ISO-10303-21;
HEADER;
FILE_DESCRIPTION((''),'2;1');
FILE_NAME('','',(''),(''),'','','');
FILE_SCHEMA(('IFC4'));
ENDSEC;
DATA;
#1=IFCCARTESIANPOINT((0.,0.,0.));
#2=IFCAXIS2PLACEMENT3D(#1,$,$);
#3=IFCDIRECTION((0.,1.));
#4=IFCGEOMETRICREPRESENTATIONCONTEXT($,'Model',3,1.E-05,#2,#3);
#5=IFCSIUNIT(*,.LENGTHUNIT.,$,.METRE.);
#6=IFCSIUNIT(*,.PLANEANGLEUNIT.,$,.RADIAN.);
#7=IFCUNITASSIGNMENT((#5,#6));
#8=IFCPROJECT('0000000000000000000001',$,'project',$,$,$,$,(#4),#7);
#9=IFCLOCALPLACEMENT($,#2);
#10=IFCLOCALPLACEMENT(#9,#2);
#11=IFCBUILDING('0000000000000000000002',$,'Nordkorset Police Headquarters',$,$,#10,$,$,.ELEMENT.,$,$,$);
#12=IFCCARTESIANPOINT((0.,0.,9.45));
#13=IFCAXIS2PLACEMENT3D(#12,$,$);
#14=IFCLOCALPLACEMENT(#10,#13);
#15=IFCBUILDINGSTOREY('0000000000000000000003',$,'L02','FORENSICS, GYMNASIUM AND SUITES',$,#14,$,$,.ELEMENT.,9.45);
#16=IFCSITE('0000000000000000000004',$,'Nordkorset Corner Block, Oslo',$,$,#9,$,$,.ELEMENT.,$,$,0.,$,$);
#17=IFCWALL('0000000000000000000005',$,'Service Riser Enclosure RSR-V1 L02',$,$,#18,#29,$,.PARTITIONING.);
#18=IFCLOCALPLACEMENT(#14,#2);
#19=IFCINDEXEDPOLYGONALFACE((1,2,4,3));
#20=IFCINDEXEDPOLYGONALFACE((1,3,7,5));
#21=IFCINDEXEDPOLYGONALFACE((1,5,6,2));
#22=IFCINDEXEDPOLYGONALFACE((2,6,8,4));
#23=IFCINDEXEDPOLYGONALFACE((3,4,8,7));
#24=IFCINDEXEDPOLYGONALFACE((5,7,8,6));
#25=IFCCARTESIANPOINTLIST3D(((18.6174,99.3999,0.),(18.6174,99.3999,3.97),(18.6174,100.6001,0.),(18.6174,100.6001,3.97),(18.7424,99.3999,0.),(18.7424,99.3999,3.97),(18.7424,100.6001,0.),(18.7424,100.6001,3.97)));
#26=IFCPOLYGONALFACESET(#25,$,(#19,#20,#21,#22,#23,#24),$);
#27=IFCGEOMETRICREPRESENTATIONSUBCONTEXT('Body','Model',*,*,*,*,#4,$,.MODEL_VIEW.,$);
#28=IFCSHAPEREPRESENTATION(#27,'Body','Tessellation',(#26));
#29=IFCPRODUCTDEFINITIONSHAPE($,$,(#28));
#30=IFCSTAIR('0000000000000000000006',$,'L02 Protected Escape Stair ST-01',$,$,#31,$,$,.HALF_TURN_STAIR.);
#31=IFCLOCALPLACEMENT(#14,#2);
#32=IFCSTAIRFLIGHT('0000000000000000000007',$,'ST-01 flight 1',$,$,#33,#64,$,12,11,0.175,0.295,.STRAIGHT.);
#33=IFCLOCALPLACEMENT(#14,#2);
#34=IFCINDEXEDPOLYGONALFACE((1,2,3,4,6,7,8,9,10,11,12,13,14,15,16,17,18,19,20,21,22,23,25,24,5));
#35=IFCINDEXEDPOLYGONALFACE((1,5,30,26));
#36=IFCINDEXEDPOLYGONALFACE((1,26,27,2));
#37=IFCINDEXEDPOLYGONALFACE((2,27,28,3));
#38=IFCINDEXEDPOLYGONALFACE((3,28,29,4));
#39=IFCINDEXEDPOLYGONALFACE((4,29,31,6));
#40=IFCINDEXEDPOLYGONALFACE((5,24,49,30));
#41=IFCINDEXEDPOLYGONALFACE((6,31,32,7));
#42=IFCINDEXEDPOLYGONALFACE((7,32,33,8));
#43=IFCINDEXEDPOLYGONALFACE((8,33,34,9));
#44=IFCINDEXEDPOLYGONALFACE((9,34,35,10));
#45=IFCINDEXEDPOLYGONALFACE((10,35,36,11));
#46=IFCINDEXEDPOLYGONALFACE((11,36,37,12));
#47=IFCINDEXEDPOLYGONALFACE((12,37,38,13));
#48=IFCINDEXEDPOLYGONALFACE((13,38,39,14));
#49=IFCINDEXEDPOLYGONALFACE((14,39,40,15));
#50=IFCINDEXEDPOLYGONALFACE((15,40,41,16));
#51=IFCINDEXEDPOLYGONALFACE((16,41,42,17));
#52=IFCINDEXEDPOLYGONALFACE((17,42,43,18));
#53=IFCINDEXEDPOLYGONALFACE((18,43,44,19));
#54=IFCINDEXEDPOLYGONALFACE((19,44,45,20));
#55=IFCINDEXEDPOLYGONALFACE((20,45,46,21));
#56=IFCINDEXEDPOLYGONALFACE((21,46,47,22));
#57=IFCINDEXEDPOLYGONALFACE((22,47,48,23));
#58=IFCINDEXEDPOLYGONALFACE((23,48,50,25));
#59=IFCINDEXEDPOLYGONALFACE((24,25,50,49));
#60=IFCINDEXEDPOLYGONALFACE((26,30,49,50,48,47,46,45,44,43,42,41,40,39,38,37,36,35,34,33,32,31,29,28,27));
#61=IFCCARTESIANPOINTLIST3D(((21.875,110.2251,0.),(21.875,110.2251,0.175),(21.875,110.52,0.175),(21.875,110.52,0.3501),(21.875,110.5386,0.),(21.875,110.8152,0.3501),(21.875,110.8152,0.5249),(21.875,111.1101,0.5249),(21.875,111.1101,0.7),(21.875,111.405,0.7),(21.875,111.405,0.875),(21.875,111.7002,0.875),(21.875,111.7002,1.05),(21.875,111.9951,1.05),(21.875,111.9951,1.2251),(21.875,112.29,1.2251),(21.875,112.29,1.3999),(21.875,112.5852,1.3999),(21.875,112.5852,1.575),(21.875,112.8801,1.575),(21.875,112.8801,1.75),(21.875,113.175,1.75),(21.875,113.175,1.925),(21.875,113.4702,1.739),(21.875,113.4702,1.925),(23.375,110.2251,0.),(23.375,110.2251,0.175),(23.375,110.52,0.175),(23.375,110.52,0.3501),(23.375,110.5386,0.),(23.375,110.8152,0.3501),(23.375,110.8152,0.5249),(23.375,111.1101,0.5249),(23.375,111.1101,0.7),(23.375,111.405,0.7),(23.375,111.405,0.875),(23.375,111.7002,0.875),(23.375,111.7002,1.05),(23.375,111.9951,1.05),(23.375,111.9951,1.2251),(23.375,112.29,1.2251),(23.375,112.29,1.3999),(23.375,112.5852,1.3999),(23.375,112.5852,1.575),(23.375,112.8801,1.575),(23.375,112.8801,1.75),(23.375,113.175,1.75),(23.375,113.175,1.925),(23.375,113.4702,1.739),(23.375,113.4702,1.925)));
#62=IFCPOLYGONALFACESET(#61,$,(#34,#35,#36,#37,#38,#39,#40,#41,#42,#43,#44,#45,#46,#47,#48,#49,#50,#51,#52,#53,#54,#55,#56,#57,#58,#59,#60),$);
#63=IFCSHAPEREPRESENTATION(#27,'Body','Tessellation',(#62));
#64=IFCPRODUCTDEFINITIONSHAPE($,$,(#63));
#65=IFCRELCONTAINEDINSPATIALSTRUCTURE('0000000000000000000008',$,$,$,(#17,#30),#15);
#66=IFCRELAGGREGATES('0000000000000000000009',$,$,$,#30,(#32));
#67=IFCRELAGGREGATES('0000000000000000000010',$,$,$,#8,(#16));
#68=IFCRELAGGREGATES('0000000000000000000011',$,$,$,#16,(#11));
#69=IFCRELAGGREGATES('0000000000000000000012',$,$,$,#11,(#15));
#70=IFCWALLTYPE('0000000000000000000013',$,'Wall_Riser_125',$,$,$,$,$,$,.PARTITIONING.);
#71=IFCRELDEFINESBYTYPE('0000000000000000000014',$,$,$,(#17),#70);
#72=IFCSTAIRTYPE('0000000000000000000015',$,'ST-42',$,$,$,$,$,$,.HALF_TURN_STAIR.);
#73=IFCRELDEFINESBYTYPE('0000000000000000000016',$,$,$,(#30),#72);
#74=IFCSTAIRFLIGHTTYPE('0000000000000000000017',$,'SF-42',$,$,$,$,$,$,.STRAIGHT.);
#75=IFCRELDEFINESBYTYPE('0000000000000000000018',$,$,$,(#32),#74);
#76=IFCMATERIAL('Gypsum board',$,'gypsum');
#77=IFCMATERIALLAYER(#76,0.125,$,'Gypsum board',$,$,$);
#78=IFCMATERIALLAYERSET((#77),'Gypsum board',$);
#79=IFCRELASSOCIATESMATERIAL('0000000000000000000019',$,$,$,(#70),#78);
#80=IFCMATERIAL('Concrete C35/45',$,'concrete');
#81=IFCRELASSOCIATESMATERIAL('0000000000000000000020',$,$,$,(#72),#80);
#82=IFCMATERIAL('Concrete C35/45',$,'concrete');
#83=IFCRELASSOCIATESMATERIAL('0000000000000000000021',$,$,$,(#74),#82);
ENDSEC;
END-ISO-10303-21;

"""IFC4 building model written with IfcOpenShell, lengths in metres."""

from ifc_helpers import new_model, si_unit, direction, frame, frame_2d, origin, place, context, subcontext, project, spatial, polyline, rectangle, outline, extrude, material, layer, layer_set, type_object, element, aggregate, save


model = new_model("IFC4")

# Units and contexts
model_context = context("Model", 3, precision=1e-05, world=origin(), true_north=direction((0.0, 1.0)))
body_context = subcontext(model_context, "Body", "Model", "MODEL_VIEW")
ifc_project = project(units=[si_unit("LENGTHUNIT", "METRE"), si_unit("PLANEANGLEUNIT", "RADIAN")], contexts=[model_context])

# Site, building, storey
site_placement = place(None, origin())
site = spatial("IfcSite", under=ifc_project, at=site_placement, Name="Nordkorset Corner Block, Oslo", CompositionType="ELEMENT", RefElevation=0.0)
building_placement = place(site_placement, origin())
building = spatial("IfcBuilding", under=site, at=building_placement, Name="Nordkorset Police Headquarters", CompositionType="ELEMENT")
storey_placement = place(building_placement, frame((0.0, 0.0, 9.45)))
storey = spatial("IfcBuildingStorey", under=building, at=storey_placement, Name="L02", Description="FORENSICS, GYMNASIUM AND SUITES", CompositionType="ELEMENT", Elevation=9.45)

# Wall
ifc_material_1 = material(Name="Gypsum board", Category="gypsum")
ifc_layer_1 = layer(ifc_material_1, 0.125, Name="Gypsum board")
ifc_layer_set_1 = layer_set([ifc_layer_1], Name="Gypsum board")
wall_type_1 = type_object("IfcWallType", Name="Wall_Riser_125", PredefinedType="PARTITIONING", material=ifc_layer_set_1)
wall_1_placement = place(storey_placement, frame((18.6799, 100.6001, 0.0), z_axis=(0.0, 0.0, 1.0), x_axis=(0.0, -1.0, 0.0)))
element("IfcWall", 1, at=wall_1_placement, inside=storey, type_object=wall_type_1, Name="Service Riser Enclosure RSR-V1 L02", PredefinedType="PARTITIONING", context=body_context, shape_type="SweptSolid", body=[
    extrude(rectangle(XDim=1.2002, YDim=0.125, at=frame_2d((0.6001, 0.0))), origin(), (0.0, 0.0, 1.0), 3.97),
])

# Stair, stair flight
ifc_material_2 = material(Name="Concrete C35/45", Category="concrete")
stair_type = type_object("IfcStairType", Name="ST-42", PredefinedType="HALF_TURN_STAIR", material=ifc_material_2)
stair_placement = place(storey_placement, origin())
stair = element("IfcStair", 2, at=stair_placement, inside=storey, type_object=stair_type, Name="L02 Protected Escape Stair ST-01", PredefinedType="HALF_TURN_STAIR")
ifc_material_3 = material(Name="Concrete C35/45", Category="concrete")
stair_flight_type = type_object("IfcStairFlightType", Name="SF-42", PredefinedType="STRAIGHT", material=ifc_material_3)
stair_flight_placement = place(storey_placement, frame((22.625, 110.2251, 0.0), z_axis=(0.0, 0.0, 1.0), x_axis=(0.0, 1.0, 0.0)))
stair_flight = element("IfcStairFlight", 3, at=stair_flight_placement, type_object=stair_flight_type, Name="ST-01 flight 1", NumberOfRisers=12, NumberOfTreads=11, PredefinedType="STRAIGHT", RiserHeight=0.175, TreadLength=0.295, context=body_context, shape_type="SweptSolid", body=[
    extrude(outline(polyline([(0.0, 0.0), (0.0, 0.175), (0.2949, 0.175), (0.2949, 0.3501), (0.5901, 0.3501), (0.5901, 0.5249), (0.885, 0.5249), (0.885, 0.7), (1.1799, 0.7), (1.1799, 0.875), (1.4751, 0.875), (1.4751, 1.05), (1.77, 1.05), (1.77, 1.2251), (2.0649, 1.2251), (2.0649, 1.3999), (2.3601, 1.3999), (2.3601, 1.575), (2.655, 1.575), (2.655, 1.75), (2.95, 1.75), (2.95, 1.925), (3.2451, 1.925), (3.2451, 2.1001), (3.2451, 1.739), (0.3135, 0.0), (0.0, 0.0)])), frame((0.0, 0.75, 0.0), z_axis=(0.0, -1.0, 0.0), x_axis=(1.0, 0.0, 0.0)), (0.0, 0.0, 1.0), 1.5),
])
aggregate(stair, [stair_flight])

save(model, "model.ifc")
